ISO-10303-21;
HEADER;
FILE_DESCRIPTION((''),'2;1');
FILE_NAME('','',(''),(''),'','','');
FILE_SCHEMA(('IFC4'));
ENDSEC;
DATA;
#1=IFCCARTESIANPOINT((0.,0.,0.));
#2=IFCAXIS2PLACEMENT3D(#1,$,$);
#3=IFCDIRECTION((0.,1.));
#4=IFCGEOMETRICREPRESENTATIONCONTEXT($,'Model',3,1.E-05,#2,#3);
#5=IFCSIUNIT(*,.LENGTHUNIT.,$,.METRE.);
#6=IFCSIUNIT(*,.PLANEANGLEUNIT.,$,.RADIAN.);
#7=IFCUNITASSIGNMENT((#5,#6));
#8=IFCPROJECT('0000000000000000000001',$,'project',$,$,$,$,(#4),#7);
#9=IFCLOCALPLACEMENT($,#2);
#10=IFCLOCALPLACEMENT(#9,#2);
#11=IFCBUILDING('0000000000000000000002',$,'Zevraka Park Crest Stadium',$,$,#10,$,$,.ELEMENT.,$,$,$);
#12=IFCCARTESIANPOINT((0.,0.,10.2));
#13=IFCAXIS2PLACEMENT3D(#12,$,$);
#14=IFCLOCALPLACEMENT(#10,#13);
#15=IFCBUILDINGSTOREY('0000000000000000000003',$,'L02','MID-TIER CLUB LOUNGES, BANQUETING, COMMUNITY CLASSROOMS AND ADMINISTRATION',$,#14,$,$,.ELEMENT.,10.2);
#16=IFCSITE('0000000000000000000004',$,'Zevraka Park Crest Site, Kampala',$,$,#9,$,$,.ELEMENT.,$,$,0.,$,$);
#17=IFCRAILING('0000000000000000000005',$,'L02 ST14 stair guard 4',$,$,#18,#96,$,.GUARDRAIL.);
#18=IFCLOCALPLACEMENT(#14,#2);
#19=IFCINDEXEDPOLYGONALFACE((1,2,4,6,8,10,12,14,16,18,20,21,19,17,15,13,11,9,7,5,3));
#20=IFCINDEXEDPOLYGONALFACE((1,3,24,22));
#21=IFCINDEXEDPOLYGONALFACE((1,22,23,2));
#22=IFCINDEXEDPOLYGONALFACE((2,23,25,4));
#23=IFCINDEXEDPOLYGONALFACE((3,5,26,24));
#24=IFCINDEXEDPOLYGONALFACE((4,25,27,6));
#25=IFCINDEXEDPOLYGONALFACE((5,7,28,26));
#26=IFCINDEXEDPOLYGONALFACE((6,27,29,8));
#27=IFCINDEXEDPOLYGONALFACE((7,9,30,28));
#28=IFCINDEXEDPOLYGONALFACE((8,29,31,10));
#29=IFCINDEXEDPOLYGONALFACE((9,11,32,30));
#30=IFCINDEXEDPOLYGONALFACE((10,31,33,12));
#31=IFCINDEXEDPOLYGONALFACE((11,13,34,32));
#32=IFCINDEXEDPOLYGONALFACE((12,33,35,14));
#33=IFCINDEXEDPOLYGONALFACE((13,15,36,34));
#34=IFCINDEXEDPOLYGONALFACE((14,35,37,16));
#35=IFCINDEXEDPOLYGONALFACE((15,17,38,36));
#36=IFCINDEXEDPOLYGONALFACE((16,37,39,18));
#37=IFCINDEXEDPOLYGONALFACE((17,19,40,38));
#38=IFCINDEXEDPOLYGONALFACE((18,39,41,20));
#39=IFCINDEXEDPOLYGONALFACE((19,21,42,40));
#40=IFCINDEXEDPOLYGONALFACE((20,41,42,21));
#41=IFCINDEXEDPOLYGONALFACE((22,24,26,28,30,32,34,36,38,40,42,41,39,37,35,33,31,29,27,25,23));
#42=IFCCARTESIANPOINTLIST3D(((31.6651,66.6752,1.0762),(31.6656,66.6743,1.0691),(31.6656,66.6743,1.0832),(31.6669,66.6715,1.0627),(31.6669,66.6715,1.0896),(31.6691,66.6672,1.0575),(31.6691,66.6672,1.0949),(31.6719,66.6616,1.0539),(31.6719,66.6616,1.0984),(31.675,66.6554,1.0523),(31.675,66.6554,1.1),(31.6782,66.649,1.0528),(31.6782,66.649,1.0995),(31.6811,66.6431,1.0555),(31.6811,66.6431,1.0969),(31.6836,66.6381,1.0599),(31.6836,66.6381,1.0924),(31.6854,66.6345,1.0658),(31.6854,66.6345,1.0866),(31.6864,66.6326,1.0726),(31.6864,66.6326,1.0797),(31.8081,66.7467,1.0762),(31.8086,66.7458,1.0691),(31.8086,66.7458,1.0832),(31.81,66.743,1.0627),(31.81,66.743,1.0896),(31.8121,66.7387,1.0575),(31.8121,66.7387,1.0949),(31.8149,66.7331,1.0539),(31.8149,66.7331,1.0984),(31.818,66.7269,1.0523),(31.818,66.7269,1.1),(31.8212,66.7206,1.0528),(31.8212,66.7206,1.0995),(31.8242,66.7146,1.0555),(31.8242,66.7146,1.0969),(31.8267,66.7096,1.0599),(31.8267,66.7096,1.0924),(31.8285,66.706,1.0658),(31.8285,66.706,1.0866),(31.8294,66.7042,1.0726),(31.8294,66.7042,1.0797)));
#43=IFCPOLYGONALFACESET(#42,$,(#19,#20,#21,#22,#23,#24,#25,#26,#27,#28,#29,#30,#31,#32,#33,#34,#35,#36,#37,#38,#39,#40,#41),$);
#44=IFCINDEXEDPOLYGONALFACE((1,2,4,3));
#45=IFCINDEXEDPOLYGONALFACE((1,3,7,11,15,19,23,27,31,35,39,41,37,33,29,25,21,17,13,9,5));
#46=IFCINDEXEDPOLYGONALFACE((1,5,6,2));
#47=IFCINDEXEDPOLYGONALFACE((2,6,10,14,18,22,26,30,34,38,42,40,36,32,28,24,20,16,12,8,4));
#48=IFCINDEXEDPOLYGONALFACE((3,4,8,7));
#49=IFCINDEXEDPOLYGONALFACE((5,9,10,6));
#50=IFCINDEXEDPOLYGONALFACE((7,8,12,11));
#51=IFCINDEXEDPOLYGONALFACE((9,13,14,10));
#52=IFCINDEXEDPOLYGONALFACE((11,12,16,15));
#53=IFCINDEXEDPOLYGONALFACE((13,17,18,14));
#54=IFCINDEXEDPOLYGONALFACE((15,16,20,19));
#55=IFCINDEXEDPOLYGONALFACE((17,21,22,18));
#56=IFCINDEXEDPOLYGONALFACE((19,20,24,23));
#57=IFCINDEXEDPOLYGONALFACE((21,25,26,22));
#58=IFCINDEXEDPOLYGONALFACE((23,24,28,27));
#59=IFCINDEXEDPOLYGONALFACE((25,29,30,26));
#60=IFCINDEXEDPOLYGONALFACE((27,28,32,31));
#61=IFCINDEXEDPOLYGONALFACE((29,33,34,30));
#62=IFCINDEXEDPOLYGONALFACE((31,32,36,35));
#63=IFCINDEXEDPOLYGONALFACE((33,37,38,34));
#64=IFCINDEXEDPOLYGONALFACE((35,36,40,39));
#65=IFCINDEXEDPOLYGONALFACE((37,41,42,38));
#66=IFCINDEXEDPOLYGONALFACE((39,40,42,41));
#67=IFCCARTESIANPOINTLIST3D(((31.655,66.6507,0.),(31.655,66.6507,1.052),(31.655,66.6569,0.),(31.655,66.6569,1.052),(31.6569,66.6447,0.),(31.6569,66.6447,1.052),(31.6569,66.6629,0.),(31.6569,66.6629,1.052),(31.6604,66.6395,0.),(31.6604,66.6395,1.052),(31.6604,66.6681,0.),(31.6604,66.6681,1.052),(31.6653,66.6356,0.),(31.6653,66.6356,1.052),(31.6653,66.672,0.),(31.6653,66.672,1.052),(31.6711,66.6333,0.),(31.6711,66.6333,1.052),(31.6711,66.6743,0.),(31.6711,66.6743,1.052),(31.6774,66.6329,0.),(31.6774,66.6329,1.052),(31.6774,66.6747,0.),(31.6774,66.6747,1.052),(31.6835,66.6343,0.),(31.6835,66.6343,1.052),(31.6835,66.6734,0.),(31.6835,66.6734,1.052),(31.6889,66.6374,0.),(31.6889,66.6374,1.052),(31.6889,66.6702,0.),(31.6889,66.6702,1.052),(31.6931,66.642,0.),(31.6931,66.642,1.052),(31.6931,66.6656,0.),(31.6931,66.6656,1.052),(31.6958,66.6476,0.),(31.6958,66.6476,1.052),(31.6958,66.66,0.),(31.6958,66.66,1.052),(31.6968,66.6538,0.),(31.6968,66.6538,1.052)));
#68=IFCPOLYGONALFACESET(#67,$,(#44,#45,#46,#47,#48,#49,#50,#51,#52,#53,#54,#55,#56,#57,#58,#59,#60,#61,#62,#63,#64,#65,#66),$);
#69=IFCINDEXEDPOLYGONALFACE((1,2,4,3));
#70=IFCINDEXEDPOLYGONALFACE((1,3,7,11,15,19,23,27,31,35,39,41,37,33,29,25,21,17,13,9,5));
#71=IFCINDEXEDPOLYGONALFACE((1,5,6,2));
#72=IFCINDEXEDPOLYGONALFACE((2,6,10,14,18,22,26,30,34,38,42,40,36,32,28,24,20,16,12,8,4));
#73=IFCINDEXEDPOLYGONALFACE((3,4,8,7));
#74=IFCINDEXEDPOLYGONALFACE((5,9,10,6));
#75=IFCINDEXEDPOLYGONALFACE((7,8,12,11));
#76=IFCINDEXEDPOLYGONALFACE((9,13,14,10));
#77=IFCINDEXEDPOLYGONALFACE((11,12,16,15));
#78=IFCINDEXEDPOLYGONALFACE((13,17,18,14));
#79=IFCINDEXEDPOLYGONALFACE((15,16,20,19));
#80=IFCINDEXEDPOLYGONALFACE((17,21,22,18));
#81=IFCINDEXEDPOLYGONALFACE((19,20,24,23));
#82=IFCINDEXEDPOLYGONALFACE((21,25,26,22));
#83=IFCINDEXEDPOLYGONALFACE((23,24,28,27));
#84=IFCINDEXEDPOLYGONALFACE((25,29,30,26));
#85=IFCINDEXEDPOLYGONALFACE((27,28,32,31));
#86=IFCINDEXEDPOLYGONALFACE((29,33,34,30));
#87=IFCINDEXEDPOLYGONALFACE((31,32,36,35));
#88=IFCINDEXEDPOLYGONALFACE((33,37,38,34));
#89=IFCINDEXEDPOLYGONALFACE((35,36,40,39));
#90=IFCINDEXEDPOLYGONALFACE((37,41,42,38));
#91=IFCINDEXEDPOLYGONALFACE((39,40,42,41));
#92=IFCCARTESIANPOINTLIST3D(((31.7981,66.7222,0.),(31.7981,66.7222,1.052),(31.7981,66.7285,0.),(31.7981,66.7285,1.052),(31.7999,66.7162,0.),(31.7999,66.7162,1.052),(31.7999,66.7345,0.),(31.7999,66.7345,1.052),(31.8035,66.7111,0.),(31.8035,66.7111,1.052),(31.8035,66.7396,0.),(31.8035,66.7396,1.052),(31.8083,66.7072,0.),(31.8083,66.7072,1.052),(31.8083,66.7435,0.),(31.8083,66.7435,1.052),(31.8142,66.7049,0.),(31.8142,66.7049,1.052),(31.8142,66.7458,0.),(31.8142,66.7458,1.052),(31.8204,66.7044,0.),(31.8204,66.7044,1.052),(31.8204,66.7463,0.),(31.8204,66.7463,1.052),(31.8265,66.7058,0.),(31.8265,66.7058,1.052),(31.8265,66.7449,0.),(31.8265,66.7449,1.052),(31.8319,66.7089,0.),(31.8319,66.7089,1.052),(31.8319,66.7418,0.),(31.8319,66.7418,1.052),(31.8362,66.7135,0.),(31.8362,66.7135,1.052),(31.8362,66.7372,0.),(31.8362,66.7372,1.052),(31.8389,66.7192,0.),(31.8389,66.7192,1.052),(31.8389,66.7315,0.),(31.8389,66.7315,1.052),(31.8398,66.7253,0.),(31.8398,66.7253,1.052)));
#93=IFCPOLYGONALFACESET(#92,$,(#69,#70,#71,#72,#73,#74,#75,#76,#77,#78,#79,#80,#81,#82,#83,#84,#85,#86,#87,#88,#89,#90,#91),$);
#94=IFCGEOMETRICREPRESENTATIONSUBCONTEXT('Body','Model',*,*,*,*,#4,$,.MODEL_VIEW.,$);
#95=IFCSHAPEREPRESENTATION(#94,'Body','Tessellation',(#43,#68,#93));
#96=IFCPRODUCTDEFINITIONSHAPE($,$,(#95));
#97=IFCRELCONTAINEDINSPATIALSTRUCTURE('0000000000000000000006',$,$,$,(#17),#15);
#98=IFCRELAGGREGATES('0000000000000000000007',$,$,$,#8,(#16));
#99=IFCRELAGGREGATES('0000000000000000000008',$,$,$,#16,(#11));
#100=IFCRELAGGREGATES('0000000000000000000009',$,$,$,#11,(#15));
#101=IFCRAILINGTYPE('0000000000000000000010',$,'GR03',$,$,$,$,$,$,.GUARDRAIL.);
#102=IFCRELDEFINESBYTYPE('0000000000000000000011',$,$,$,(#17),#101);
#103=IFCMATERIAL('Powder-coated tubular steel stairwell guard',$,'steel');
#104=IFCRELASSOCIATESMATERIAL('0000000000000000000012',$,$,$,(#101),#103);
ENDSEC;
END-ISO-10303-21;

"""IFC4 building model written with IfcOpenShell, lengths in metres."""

from ifc_helpers import new_model, si_unit, direction, frame, origin, origin_2d, place, context, subcontext, project, spatial, circle, extrude, material, type_object, element, save


model = new_model("IFC4")

# Units and contexts
model_context = context("Model", 3, precision=1e-05, world=origin(), true_north=direction((0.0, 1.0)))
body_context = subcontext(model_context, "Body", "Model", "MODEL_VIEW")
ifc_project = project(units=[si_unit("LENGTHUNIT", "METRE"), si_unit("PLANEANGLEUNIT", "RADIAN")], contexts=[model_context])

# Site, building, storey
site_placement = place(None, origin())
site = spatial("IfcSite", under=ifc_project, at=site_placement, Name="Zevraka Park Crest Site, Kampala", CompositionType="ELEMENT", RefElevation=0.0)
building_placement = place(site_placement, origin())
building = spatial("IfcBuilding", under=site, at=building_placement, Name="Zevraka Park Crest Stadium", CompositionType="ELEMENT")
storey_placement = place(building_placement, frame((0.0, 0.0, 10.2)))
storey = spatial("IfcBuildingStorey", under=building, at=storey_placement, Name="L02", Description="MID-TIER CLUB LOUNGES, BANQUETING, COMMUNITY CLASSROOMS AND ADMINISTRATION", CompositionType="ELEMENT", Elevation=10.2)

# Railing
ifc_material_1 = material(Name="Powder-coated tubular steel stairwell guard", Category="steel")
railing_type = type_object("IfcRailingType", Name="GR03", PredefinedType="GUARDRAIL", material=ifc_material_1)
railing_1_placement = place(storey_placement, frame((31.6758, 66.6538, 0.0)))
element("IfcRailing", 1, at=railing_1_placement, inside=storey, type_object=railing_type, Name="L02 ST14 stair guard 4", PredefinedType="GUARDRAIL", context=body_context, shape_type="SweptSolid", body=[
    extrude(circle(Radius=0.0239, at=origin_2d()), frame((0.0, 0.0, 1.0762), z_axis=(0.894427, 0.447214, 0.0), x_axis=(-0.447214, 0.894427, 0.0)), (0.0, 0.0, 1.0), 0.1599),
    extrude(circle(Radius=0.021, at=origin_2d()), origin(), (0.0, 0.0, 1.0), 1.052),
    extrude(circle(Radius=0.021, at=origin_2d()), frame((0.1431, 0.0715, 0.0)), (0.0, 0.0, 1.0), 1.052),
])

save(model, "model.ifc")
